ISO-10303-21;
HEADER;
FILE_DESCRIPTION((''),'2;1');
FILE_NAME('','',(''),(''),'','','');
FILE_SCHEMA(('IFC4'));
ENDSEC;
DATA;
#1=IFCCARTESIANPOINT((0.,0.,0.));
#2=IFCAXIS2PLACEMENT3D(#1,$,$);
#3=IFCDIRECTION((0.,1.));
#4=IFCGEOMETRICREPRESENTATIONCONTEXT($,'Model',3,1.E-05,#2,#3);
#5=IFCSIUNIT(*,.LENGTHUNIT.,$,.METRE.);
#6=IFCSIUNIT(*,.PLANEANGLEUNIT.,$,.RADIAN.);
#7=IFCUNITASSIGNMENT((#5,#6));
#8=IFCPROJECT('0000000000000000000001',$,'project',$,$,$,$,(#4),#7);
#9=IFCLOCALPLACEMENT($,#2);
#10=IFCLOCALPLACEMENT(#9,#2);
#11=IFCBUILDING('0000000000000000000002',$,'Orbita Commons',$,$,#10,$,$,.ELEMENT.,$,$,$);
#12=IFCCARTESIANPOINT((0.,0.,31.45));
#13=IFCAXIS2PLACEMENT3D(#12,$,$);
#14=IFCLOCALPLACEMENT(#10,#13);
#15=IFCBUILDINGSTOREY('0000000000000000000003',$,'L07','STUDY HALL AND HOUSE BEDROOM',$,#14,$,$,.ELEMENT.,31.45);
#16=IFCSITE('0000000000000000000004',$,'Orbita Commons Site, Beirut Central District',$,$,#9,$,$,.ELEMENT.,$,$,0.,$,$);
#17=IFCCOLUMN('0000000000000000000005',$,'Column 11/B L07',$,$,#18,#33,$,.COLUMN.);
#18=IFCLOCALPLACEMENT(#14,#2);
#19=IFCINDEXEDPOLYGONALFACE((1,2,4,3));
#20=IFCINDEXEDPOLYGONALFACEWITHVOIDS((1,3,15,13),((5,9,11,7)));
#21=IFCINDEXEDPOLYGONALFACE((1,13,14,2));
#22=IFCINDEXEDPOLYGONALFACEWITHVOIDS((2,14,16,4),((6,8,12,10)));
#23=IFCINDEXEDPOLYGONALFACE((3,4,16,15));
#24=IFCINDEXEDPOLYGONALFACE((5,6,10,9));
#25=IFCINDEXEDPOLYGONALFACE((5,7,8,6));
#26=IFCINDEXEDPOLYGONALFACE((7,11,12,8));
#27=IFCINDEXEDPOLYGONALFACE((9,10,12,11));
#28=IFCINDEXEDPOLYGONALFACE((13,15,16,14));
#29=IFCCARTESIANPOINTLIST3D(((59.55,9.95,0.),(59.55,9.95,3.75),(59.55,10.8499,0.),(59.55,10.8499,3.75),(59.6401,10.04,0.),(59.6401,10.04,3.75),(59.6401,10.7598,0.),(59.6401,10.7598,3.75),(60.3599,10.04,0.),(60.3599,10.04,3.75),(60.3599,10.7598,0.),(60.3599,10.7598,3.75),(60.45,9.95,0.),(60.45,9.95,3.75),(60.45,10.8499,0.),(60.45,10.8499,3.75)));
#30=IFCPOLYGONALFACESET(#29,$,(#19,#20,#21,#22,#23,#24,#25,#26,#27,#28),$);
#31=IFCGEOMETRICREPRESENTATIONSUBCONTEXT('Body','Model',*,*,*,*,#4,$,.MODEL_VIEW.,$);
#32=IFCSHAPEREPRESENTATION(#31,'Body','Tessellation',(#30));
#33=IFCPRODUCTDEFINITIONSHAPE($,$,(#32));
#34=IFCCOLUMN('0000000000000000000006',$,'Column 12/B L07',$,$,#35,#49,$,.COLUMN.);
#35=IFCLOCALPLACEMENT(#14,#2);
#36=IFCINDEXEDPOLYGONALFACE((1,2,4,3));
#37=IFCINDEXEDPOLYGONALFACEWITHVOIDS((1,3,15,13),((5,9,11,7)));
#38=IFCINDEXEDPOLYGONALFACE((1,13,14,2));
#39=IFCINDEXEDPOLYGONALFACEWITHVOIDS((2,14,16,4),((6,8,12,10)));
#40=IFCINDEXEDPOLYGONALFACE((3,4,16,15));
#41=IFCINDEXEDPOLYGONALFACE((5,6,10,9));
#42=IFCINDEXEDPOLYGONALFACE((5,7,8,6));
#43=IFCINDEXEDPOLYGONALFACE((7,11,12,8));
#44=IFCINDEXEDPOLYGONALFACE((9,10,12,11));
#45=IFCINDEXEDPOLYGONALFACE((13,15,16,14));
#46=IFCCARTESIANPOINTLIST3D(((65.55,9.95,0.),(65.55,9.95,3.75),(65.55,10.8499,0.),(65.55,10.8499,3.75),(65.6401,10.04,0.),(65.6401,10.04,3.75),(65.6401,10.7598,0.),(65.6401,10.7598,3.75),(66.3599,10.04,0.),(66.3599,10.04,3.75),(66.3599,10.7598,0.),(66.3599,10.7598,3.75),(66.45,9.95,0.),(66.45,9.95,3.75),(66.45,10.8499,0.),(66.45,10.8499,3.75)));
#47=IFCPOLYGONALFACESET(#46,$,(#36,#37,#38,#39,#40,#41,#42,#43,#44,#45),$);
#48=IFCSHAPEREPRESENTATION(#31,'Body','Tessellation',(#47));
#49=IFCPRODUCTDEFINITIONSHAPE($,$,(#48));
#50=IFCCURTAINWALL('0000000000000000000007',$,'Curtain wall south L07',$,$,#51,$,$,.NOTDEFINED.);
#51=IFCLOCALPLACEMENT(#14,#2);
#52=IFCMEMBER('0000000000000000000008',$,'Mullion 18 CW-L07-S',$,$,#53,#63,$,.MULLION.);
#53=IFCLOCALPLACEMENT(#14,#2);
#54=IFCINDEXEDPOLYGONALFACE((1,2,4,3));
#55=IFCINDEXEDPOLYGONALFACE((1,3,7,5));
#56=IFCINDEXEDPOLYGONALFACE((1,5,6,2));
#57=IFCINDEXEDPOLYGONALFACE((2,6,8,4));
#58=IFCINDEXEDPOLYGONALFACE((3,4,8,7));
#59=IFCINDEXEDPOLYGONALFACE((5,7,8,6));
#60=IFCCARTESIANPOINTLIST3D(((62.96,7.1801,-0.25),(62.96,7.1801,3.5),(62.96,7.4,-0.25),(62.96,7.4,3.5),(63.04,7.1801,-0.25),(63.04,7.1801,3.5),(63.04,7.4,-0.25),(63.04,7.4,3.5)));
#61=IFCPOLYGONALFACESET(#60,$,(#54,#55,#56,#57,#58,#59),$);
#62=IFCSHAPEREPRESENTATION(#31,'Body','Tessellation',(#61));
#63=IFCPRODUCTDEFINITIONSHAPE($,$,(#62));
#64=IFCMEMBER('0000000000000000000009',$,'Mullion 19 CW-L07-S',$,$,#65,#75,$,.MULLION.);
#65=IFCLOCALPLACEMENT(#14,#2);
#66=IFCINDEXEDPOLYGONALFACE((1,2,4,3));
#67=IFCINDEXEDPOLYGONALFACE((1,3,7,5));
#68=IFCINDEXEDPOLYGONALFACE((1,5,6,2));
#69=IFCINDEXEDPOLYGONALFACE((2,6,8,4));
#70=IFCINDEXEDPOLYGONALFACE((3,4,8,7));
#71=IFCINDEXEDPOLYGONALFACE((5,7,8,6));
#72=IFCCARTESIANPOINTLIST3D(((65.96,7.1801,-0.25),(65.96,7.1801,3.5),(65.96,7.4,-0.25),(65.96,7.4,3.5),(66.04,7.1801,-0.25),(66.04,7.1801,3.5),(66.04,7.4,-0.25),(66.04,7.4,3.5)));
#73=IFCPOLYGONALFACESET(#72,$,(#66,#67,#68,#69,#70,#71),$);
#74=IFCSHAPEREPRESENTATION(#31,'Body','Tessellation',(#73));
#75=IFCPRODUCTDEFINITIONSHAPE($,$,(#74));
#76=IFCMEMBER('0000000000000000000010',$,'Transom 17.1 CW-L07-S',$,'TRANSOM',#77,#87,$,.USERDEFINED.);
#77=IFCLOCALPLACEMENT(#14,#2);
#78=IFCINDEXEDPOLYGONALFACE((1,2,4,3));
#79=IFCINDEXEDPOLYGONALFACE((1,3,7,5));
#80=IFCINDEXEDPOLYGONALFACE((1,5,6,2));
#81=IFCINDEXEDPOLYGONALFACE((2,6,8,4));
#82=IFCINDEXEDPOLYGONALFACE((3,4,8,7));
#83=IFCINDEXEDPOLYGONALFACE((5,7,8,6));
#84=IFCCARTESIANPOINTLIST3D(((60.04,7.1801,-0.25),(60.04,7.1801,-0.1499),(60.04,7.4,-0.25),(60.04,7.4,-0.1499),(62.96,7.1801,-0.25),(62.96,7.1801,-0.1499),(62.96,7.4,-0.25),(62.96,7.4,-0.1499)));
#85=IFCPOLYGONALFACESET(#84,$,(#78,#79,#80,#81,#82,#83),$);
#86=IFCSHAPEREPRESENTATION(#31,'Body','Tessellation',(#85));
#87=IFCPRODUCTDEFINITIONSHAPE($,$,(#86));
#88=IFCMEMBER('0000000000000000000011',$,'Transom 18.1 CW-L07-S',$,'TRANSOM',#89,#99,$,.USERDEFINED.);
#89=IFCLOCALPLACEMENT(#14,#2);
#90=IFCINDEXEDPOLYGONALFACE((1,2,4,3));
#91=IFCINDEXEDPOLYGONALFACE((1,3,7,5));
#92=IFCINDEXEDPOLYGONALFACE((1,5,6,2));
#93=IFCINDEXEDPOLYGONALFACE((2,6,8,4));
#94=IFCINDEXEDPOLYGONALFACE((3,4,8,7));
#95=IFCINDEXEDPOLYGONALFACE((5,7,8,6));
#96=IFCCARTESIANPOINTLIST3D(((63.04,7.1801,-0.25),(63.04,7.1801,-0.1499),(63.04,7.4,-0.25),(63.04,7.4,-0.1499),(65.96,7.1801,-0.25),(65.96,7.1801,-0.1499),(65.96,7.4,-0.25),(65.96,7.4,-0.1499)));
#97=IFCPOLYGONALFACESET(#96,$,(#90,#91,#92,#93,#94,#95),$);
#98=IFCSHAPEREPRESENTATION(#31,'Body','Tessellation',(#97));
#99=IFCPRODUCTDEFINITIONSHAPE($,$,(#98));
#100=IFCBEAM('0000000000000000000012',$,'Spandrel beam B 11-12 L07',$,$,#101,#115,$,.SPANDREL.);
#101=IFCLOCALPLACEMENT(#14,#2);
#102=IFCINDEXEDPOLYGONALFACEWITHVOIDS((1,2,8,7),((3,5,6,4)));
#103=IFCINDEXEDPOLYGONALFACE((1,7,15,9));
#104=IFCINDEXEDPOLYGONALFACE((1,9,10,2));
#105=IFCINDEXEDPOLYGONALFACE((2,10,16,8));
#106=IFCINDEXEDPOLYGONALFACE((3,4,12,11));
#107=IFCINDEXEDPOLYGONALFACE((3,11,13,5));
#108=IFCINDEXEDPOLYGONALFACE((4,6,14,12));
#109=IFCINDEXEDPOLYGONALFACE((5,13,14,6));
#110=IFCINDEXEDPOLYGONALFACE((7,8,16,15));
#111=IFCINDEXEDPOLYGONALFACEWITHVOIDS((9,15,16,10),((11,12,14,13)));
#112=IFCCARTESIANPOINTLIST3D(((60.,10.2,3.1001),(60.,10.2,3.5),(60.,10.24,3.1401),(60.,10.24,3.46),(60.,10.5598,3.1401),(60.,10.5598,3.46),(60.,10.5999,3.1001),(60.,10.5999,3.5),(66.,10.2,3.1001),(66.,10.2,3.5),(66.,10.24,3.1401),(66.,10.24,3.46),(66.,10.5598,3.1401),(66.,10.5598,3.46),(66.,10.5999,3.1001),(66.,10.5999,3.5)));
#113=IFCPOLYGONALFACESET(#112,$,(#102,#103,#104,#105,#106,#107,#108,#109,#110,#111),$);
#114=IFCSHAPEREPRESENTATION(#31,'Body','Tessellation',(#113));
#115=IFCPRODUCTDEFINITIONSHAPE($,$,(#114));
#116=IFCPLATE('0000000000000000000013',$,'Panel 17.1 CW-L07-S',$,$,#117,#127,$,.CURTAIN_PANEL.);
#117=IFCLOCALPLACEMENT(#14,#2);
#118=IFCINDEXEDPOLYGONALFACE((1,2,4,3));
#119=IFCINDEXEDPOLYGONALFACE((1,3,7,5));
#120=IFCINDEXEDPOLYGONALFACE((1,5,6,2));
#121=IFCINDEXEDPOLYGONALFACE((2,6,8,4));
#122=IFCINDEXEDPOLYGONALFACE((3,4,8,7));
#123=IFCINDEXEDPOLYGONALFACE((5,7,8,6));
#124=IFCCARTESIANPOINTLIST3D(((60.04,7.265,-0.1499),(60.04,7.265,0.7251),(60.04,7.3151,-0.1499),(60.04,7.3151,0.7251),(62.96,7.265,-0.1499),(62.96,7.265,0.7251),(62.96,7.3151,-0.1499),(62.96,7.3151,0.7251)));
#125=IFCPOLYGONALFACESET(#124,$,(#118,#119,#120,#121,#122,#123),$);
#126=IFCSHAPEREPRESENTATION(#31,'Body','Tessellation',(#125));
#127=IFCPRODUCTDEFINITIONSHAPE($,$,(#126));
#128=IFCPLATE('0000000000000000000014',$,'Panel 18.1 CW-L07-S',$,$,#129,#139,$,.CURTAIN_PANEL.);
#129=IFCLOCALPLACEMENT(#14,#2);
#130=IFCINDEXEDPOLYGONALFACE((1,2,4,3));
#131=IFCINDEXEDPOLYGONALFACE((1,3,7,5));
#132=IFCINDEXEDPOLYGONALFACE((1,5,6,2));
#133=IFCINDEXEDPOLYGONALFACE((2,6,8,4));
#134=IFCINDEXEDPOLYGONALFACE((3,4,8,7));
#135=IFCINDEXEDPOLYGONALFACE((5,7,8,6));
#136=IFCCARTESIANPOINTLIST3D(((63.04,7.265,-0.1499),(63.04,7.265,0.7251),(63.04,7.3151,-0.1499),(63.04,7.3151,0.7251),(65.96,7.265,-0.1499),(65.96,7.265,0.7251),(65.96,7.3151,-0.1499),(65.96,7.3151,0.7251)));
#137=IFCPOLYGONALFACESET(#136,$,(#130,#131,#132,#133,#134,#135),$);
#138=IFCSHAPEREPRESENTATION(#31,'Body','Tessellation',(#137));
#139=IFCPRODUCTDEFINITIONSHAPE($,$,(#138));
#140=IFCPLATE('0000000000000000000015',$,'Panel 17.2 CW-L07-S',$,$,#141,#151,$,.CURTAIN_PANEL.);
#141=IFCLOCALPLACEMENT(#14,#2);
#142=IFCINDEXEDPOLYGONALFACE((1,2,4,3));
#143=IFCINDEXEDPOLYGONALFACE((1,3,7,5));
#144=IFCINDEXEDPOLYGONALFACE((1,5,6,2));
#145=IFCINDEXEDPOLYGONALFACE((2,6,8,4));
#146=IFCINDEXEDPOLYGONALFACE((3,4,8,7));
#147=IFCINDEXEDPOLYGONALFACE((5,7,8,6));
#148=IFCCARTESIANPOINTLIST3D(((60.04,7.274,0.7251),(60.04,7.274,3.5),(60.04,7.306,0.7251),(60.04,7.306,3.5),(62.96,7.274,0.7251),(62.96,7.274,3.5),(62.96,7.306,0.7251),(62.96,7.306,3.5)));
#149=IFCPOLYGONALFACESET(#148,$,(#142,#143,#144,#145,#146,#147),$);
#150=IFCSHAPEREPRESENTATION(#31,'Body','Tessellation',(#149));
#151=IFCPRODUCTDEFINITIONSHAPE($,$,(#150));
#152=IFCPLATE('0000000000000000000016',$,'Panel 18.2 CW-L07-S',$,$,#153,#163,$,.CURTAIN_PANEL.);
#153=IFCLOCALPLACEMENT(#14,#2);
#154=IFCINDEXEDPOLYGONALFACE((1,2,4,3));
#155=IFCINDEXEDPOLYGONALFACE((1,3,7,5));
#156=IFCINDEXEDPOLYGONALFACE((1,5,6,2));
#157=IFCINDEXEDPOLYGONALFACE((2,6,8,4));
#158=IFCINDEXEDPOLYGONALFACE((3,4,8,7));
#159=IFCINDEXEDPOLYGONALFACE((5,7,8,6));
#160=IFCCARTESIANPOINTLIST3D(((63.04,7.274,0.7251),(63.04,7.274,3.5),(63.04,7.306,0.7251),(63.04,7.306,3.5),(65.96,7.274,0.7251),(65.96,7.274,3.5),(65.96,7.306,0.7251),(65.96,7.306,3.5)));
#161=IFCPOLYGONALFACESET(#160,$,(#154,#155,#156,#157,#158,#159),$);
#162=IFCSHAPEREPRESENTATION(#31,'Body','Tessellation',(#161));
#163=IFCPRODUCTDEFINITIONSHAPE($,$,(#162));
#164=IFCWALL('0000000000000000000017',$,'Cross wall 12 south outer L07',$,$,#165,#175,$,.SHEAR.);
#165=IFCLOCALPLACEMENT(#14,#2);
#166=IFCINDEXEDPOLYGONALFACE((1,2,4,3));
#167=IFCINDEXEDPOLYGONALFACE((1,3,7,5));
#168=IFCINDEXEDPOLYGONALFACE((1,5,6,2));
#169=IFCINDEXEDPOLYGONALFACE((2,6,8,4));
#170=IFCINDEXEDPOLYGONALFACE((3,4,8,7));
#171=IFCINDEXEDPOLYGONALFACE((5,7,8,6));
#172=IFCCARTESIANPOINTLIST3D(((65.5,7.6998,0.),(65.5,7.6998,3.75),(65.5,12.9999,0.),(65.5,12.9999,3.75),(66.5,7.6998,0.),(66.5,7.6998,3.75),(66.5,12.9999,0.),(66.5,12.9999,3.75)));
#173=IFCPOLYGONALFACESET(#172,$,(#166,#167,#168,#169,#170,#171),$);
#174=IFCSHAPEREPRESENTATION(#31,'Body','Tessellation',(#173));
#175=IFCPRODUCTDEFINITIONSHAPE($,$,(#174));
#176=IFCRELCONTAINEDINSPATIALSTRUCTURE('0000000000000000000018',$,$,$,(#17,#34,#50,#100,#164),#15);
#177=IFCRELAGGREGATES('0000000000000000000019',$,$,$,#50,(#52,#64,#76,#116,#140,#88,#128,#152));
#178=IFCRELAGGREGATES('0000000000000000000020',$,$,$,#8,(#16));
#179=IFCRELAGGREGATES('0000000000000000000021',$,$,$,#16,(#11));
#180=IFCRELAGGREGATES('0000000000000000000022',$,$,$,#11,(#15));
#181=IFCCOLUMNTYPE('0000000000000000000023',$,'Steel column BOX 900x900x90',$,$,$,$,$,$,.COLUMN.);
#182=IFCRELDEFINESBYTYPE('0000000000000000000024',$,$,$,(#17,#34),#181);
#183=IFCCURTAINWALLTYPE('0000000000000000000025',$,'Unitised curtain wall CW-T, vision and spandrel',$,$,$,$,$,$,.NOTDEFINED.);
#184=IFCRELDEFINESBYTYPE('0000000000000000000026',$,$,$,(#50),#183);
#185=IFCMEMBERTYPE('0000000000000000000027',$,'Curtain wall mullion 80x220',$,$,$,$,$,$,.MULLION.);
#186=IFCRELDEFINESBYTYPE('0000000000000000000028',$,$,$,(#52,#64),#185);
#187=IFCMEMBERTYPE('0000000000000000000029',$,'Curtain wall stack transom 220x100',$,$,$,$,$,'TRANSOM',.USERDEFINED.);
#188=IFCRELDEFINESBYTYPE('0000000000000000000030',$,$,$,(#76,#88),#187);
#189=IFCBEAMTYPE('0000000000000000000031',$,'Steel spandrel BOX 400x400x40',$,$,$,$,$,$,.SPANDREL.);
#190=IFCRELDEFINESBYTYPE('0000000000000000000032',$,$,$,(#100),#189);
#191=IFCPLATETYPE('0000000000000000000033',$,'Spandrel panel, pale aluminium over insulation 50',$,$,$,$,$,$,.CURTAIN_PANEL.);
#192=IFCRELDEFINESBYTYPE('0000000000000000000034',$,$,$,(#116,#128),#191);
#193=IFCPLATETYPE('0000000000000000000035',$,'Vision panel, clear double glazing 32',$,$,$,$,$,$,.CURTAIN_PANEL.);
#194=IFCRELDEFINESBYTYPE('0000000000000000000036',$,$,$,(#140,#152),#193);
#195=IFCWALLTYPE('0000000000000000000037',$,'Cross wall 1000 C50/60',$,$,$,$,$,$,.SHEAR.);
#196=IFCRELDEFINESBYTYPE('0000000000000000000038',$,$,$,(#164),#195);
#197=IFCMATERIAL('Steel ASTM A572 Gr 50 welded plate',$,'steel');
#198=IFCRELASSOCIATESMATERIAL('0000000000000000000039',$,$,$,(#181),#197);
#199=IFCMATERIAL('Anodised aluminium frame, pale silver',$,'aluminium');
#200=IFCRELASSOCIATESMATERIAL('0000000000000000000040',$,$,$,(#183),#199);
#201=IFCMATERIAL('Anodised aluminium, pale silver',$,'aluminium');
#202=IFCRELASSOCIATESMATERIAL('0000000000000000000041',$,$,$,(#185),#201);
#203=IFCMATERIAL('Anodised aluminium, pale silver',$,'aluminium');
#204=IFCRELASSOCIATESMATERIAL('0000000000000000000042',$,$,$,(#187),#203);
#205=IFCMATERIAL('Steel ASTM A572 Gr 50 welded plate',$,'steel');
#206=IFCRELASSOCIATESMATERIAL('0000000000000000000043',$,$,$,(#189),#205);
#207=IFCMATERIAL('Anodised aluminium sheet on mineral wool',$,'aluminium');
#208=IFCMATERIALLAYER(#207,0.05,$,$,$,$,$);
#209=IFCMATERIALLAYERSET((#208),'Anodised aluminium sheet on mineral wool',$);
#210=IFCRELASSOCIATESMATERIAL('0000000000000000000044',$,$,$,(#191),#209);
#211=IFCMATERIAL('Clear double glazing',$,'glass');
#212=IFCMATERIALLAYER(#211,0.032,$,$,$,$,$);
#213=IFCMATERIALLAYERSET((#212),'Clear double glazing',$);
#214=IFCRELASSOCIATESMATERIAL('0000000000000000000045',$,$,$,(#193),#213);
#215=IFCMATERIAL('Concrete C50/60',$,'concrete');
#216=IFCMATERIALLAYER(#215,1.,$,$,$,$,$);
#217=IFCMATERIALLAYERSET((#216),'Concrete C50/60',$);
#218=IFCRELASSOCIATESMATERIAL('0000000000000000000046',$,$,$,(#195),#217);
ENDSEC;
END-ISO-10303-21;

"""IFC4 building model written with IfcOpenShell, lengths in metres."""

from ifc_helpers import new_model, si_unit, direction, frame, frame_2d, origin, origin_2d, place, context, subcontext, project, spatial, rectangle, hollow_rectangle, extrude, material, layer, layer_set, material_profile, profile_set, type_object, element, aggregate, save


model = new_model("IFC4")

# Units and contexts
model_context = context("Model", 3, precision=1e-05, world=origin(), true_north=direction((0.0, 1.0)))
body_context = subcontext(model_context, "Body", "Model", "MODEL_VIEW")
ifc_project = project(units=[si_unit("LENGTHUNIT", "METRE"), si_unit("PLANEANGLEUNIT", "RADIAN")], contexts=[model_context])

# Site, building, storey
site_placement = place(None, origin())
site = spatial("IfcSite", under=ifc_project, at=site_placement, Name="Orbita Commons Site, Beirut Central District", CompositionType="ELEMENT", RefElevation=0.0)
building_placement = place(site_placement, origin())
building = spatial("IfcBuilding", under=site, at=building_placement, Name="Orbita Commons", CompositionType="ELEMENT")
storey_placement = place(building_placement, frame((0.0, 0.0, 31.45)))
storey = spatial("IfcBuildingStorey", under=building, at=storey_placement, Name="L07", Description="STUDY HALL AND HOUSE BEDROOM", CompositionType="ELEMENT", Elevation=31.45)

# Columns
ifc_material_1 = material(Name="Steel ASTM A572 Gr 50 welded plate", Category="steel")
ifc_material_profile_1 = material_profile(ifc_material_1, hollow_rectangle(XDim=0.8999, YDim=0.8999, WallThickness=0.0901, at=origin_2d()), Name="BOX 900x900x90")
ifc_profile_set_1 = profile_set([ifc_material_profile_1], Name="Steel ASTM A572 Gr 50 welded plate")
column_type = type_object("IfcColumnType", Name="Steel column BOX 900x900x90", PredefinedType="COLUMN", material=ifc_profile_set_1)
for number, where, z_axis, x_axis, name in (
    (1, (60.0, 10.3999, 0.0), (0.0, 0.0, 1.0), (1.0, 0.0, 0.0), "Column 11/B L07"),
    (2, (66.0, 10.3999, 0.0), (0.0, 0.0, 1.0), (1.0, 0.0, 0.0), "Column 12/B L07"),
):
    element("IfcColumn", number, at=place(storey_placement, frame(where, z_axis=z_axis, x_axis=x_axis)), inside=storey, type_object=column_type, Name=name, PredefinedType="COLUMN", context=body_context, shape_type="SweptSolid", body=[
        extrude(hollow_rectangle(XDim=0.8999, YDim=0.8999, WallThickness=0.0901, at=origin_2d()), origin(), (0.0, 0.0, 1.0), 3.75),
    ])

# Curtain wall, members
ifc_material_2 = material(Name="Anodised aluminium frame, pale silver", Category="aluminium")
curtain_wall_type = type_object("IfcCurtainWallType", Name="Unitised curtain wall CW-T, vision and spandrel", PredefinedType="NOTDEFINED", material=ifc_material_2)
curtain_wall_placement = place(storey_placement, origin())
curtain_wall = element("IfcCurtainWall", 3, at=curtain_wall_placement, inside=storey, type_object=curtain_wall_type, Name="Curtain wall south L07", PredefinedType="NOTDEFINED")
ifc_material_3 = material(Name="Anodised aluminium, pale silver", Category="aluminium")
ifc_material_profile_2 = material_profile(ifc_material_3, rectangle(XDim=0.0801, YDim=0.22, at=origin_2d()), Name="AL 80x220")
ifc_profile_set_2 = profile_set([ifc_material_profile_2], Name="Anodised aluminium, pale silver")
member_type_1 = type_object("IfcMemberType", Name="Curtain wall mullion 80x220", PredefinedType="MULLION", material=ifc_profile_set_2)
member_1_placement = place(storey_placement, frame((63.0, 7.29, -0.25), z_axis=(0.0, 0.0, 1.0), x_axis=(1.0, 0.0, 0.0)))
member_1 = element("IfcMember", 4, at=member_1_placement, type_object=member_type_1, Name="Mullion 18 CW-L07-S", PredefinedType="MULLION", context=body_context, shape_type="SweptSolid", body=[
    extrude(rectangle(XDim=0.0801, YDim=0.22, at=origin_2d()), origin(), (0.0, 0.0, 1.0), 3.75),
])
member_2_placement = place(storey_placement, frame((66.0, 7.29, -0.25), z_axis=(0.0, 0.0, 1.0), x_axis=(1.0, 0.0, 0.0)))
member_2 = element("IfcMember", 5, at=member_2_placement, type_object=member_type_1, Name="Mullion 19 CW-L07-S", PredefinedType="MULLION", context=body_context, shape_type="SweptSolid", body=[
    extrude(rectangle(XDim=0.0801, YDim=0.22, at=origin_2d()), origin(), (0.0, 0.0, 1.0), 3.75),
])
ifc_material_4 = material(Name="Anodised aluminium, pale silver", Category="aluminium")
ifc_material_profile_3 = material_profile(ifc_material_4, rectangle(XDim=0.22, YDim=0.1001, at=origin_2d()), Name="AL 220x100")
ifc_profile_set_3 = profile_set([ifc_material_profile_3], Name="Anodised aluminium, pale silver")
member_type_2 = type_object("IfcMemberType", Name="Curtain wall stack transom 220x100", ElementType="TRANSOM", PredefinedType="USERDEFINED", material=ifc_profile_set_3)
member_3_placement = place(storey_placement, frame((60.04, 7.29, -0.2), z_axis=(1.0, 0.0, 0.0), x_axis=(0.0, 1.0, 0.0)))
member_3 = element("IfcMember", 6, at=member_3_placement, type_object=member_type_2, Name="Transom 17.1 CW-L07-S", ObjectType="TRANSOM", PredefinedType="USERDEFINED", context=body_context, shape_type="SweptSolid", body=[
    extrude(rectangle(XDim=0.22, YDim=0.1001, at=origin_2d()), origin(), (0.0, 0.0, 1.0), 2.9199),
])
member_4_placement = place(storey_placement, frame((63.04, 7.29, -0.2), z_axis=(1.0, 0.0, 0.0), x_axis=(0.0, 1.0, 0.0)))
member_4 = element("IfcMember", 7, at=member_4_placement, type_object=member_type_2, Name="Transom 18.1 CW-L07-S", ObjectType="TRANSOM", PredefinedType="USERDEFINED", context=body_context, shape_type="SweptSolid", body=[
    extrude(rectangle(XDim=0.22, YDim=0.1001, at=origin_2d()), origin(), (0.0, 0.0, 1.0), 2.9199),
])

# Beam
ifc_material_5 = material(Name="Steel ASTM A572 Gr 50 welded plate", Category="steel")
ifc_material_profile_4 = material_profile(ifc_material_5, hollow_rectangle(XDim=0.3999, YDim=0.3999, WallThickness=0.04, at=origin_2d()), Name="BOX 400x400x40")
ifc_profile_set_4 = profile_set([ifc_material_profile_4], Name="Steel ASTM A572 Gr 50 welded plate")
beam_type = type_object("IfcBeamType", Name="Steel spandrel BOX 400x400x40", PredefinedType="SPANDREL", material=ifc_profile_set_4)
beam_placement = place(storey_placement, frame((60.0, 10.3999, 3.3), z_axis=(1.0, 0.0, 0.0), x_axis=(0.0, 1.0, 0.0)))
element("IfcBeam", 8, at=beam_placement, inside=storey, type_object=beam_type, Name="Spandrel beam B 11-12 L07", PredefinedType="SPANDREL", context=body_context, shape_type="SweptSolid", body=[
    extrude(hollow_rectangle(XDim=0.3999, YDim=0.3999, WallThickness=0.04, at=origin_2d()), origin(), (0.0, 0.0, 1.0), 6.0),
])

# Plates
ifc_material_6 = material(Name="Anodised aluminium sheet on mineral wool", Category="aluminium")
ifc_layer_1 = layer(ifc_material_6, 0.05)
ifc_layer_set_1 = layer_set([ifc_layer_1], Name="Anodised aluminium sheet on mineral wool")
plate_type_1 = type_object("IfcPlateType", Name="Spandrel panel, pale aluminium over insulation 50", PredefinedType="CURTAIN_PANEL", material=ifc_layer_set_1)
plate_1_placement = place(storey_placement, frame((61.5, 7.29, -0.1499), z_axis=(0.0, 0.0, 1.0), x_axis=(1.0, 0.0, 0.0)))
plate_1 = element("IfcPlate", 9, at=plate_1_placement, type_object=plate_type_1, Name="Panel 17.1 CW-L07-S", PredefinedType="CURTAIN_PANEL", context=body_context, shape_type="SweptSolid", body=[
    extrude(rectangle(XDim=2.9199, YDim=0.05, at=origin_2d()), origin(), (0.0, 0.0, 1.0), 0.875),
])
plate_2_placement = place(storey_placement, frame((64.5, 7.29, -0.1499), z_axis=(0.0, 0.0, 1.0), x_axis=(1.0, 0.0, 0.0)))
plate_2 = element("IfcPlate", 10, at=plate_2_placement, type_object=plate_type_1, Name="Panel 18.1 CW-L07-S", PredefinedType="CURTAIN_PANEL", context=body_context, shape_type="SweptSolid", body=[
    extrude(rectangle(XDim=2.9199, YDim=0.05, at=origin_2d()), origin(), (0.0, 0.0, 1.0), 0.875),
])
ifc_material_7 = material(Name="Clear double glazing", Category="glass")
ifc_layer_2 = layer(ifc_material_7, 0.032)
ifc_layer_set_2 = layer_set([ifc_layer_2], Name="Clear double glazing")
plate_type_2 = type_object("IfcPlateType", Name="Vision panel, clear double glazing 32", PredefinedType="CURTAIN_PANEL", material=ifc_layer_set_2)
plate_3_placement = place(storey_placement, frame((61.5, 7.29, 0.7251), z_axis=(0.0, 0.0, 1.0), x_axis=(1.0, 0.0, 0.0)))
plate_3 = element("IfcPlate", 11, at=plate_3_placement, type_object=plate_type_2, Name="Panel 17.2 CW-L07-S", PredefinedType="CURTAIN_PANEL", context=body_context, shape_type="SweptSolid", body=[
    extrude(rectangle(XDim=2.9199, YDim=0.032, at=origin_2d()), origin(), (0.0, 0.0, 1.0), 2.7749),
])
plate_4_placement = place(storey_placement, frame((64.5, 7.29, 0.7251), z_axis=(0.0, 0.0, 1.0), x_axis=(1.0, 0.0, 0.0)))
plate_4 = element("IfcPlate", 12, at=plate_4_placement, type_object=plate_type_2, Name="Panel 18.2 CW-L07-S", PredefinedType="CURTAIN_PANEL", context=body_context, shape_type="SweptSolid", body=[
    extrude(rectangle(XDim=2.9199, YDim=0.032, at=origin_2d()), origin(), (0.0, 0.0, 1.0), 2.7749),
])
aggregate(curtain_wall, [member_1, member_2, member_3, plate_1, plate_3, member_4, plate_2, plate_4])

# Wall
ifc_material_8 = material(Name="Concrete C50/60", Category="concrete")
ifc_layer_3 = layer(ifc_material_8, 1.0)
ifc_layer_set_3 = layer_set([ifc_layer_3], Name="Concrete C50/60")
wall_type_1 = type_object("IfcWallType", Name="Cross wall 1000 C50/60", PredefinedType="SHEAR", material=ifc_layer_set_3)
wall_1_placement = place(storey_placement, frame((66.0, 7.7, 0.0), z_axis=(0.0, 0.0, 1.0), x_axis=(0.0, 1.0, 0.0)))
element("IfcWall", 13, at=wall_1_placement, inside=storey, type_object=wall_type_1, Name="Cross wall 12 south outer L07", PredefinedType="SHEAR", context=body_context, shape_type="SweptSolid", body=[
    extrude(rectangle(XDim=5.3, YDim=1.0, at=frame_2d((2.6499, 0.0))), origin(), (0.0, 0.0, 1.0), 3.75),
])

save(model, "model.ifc")
